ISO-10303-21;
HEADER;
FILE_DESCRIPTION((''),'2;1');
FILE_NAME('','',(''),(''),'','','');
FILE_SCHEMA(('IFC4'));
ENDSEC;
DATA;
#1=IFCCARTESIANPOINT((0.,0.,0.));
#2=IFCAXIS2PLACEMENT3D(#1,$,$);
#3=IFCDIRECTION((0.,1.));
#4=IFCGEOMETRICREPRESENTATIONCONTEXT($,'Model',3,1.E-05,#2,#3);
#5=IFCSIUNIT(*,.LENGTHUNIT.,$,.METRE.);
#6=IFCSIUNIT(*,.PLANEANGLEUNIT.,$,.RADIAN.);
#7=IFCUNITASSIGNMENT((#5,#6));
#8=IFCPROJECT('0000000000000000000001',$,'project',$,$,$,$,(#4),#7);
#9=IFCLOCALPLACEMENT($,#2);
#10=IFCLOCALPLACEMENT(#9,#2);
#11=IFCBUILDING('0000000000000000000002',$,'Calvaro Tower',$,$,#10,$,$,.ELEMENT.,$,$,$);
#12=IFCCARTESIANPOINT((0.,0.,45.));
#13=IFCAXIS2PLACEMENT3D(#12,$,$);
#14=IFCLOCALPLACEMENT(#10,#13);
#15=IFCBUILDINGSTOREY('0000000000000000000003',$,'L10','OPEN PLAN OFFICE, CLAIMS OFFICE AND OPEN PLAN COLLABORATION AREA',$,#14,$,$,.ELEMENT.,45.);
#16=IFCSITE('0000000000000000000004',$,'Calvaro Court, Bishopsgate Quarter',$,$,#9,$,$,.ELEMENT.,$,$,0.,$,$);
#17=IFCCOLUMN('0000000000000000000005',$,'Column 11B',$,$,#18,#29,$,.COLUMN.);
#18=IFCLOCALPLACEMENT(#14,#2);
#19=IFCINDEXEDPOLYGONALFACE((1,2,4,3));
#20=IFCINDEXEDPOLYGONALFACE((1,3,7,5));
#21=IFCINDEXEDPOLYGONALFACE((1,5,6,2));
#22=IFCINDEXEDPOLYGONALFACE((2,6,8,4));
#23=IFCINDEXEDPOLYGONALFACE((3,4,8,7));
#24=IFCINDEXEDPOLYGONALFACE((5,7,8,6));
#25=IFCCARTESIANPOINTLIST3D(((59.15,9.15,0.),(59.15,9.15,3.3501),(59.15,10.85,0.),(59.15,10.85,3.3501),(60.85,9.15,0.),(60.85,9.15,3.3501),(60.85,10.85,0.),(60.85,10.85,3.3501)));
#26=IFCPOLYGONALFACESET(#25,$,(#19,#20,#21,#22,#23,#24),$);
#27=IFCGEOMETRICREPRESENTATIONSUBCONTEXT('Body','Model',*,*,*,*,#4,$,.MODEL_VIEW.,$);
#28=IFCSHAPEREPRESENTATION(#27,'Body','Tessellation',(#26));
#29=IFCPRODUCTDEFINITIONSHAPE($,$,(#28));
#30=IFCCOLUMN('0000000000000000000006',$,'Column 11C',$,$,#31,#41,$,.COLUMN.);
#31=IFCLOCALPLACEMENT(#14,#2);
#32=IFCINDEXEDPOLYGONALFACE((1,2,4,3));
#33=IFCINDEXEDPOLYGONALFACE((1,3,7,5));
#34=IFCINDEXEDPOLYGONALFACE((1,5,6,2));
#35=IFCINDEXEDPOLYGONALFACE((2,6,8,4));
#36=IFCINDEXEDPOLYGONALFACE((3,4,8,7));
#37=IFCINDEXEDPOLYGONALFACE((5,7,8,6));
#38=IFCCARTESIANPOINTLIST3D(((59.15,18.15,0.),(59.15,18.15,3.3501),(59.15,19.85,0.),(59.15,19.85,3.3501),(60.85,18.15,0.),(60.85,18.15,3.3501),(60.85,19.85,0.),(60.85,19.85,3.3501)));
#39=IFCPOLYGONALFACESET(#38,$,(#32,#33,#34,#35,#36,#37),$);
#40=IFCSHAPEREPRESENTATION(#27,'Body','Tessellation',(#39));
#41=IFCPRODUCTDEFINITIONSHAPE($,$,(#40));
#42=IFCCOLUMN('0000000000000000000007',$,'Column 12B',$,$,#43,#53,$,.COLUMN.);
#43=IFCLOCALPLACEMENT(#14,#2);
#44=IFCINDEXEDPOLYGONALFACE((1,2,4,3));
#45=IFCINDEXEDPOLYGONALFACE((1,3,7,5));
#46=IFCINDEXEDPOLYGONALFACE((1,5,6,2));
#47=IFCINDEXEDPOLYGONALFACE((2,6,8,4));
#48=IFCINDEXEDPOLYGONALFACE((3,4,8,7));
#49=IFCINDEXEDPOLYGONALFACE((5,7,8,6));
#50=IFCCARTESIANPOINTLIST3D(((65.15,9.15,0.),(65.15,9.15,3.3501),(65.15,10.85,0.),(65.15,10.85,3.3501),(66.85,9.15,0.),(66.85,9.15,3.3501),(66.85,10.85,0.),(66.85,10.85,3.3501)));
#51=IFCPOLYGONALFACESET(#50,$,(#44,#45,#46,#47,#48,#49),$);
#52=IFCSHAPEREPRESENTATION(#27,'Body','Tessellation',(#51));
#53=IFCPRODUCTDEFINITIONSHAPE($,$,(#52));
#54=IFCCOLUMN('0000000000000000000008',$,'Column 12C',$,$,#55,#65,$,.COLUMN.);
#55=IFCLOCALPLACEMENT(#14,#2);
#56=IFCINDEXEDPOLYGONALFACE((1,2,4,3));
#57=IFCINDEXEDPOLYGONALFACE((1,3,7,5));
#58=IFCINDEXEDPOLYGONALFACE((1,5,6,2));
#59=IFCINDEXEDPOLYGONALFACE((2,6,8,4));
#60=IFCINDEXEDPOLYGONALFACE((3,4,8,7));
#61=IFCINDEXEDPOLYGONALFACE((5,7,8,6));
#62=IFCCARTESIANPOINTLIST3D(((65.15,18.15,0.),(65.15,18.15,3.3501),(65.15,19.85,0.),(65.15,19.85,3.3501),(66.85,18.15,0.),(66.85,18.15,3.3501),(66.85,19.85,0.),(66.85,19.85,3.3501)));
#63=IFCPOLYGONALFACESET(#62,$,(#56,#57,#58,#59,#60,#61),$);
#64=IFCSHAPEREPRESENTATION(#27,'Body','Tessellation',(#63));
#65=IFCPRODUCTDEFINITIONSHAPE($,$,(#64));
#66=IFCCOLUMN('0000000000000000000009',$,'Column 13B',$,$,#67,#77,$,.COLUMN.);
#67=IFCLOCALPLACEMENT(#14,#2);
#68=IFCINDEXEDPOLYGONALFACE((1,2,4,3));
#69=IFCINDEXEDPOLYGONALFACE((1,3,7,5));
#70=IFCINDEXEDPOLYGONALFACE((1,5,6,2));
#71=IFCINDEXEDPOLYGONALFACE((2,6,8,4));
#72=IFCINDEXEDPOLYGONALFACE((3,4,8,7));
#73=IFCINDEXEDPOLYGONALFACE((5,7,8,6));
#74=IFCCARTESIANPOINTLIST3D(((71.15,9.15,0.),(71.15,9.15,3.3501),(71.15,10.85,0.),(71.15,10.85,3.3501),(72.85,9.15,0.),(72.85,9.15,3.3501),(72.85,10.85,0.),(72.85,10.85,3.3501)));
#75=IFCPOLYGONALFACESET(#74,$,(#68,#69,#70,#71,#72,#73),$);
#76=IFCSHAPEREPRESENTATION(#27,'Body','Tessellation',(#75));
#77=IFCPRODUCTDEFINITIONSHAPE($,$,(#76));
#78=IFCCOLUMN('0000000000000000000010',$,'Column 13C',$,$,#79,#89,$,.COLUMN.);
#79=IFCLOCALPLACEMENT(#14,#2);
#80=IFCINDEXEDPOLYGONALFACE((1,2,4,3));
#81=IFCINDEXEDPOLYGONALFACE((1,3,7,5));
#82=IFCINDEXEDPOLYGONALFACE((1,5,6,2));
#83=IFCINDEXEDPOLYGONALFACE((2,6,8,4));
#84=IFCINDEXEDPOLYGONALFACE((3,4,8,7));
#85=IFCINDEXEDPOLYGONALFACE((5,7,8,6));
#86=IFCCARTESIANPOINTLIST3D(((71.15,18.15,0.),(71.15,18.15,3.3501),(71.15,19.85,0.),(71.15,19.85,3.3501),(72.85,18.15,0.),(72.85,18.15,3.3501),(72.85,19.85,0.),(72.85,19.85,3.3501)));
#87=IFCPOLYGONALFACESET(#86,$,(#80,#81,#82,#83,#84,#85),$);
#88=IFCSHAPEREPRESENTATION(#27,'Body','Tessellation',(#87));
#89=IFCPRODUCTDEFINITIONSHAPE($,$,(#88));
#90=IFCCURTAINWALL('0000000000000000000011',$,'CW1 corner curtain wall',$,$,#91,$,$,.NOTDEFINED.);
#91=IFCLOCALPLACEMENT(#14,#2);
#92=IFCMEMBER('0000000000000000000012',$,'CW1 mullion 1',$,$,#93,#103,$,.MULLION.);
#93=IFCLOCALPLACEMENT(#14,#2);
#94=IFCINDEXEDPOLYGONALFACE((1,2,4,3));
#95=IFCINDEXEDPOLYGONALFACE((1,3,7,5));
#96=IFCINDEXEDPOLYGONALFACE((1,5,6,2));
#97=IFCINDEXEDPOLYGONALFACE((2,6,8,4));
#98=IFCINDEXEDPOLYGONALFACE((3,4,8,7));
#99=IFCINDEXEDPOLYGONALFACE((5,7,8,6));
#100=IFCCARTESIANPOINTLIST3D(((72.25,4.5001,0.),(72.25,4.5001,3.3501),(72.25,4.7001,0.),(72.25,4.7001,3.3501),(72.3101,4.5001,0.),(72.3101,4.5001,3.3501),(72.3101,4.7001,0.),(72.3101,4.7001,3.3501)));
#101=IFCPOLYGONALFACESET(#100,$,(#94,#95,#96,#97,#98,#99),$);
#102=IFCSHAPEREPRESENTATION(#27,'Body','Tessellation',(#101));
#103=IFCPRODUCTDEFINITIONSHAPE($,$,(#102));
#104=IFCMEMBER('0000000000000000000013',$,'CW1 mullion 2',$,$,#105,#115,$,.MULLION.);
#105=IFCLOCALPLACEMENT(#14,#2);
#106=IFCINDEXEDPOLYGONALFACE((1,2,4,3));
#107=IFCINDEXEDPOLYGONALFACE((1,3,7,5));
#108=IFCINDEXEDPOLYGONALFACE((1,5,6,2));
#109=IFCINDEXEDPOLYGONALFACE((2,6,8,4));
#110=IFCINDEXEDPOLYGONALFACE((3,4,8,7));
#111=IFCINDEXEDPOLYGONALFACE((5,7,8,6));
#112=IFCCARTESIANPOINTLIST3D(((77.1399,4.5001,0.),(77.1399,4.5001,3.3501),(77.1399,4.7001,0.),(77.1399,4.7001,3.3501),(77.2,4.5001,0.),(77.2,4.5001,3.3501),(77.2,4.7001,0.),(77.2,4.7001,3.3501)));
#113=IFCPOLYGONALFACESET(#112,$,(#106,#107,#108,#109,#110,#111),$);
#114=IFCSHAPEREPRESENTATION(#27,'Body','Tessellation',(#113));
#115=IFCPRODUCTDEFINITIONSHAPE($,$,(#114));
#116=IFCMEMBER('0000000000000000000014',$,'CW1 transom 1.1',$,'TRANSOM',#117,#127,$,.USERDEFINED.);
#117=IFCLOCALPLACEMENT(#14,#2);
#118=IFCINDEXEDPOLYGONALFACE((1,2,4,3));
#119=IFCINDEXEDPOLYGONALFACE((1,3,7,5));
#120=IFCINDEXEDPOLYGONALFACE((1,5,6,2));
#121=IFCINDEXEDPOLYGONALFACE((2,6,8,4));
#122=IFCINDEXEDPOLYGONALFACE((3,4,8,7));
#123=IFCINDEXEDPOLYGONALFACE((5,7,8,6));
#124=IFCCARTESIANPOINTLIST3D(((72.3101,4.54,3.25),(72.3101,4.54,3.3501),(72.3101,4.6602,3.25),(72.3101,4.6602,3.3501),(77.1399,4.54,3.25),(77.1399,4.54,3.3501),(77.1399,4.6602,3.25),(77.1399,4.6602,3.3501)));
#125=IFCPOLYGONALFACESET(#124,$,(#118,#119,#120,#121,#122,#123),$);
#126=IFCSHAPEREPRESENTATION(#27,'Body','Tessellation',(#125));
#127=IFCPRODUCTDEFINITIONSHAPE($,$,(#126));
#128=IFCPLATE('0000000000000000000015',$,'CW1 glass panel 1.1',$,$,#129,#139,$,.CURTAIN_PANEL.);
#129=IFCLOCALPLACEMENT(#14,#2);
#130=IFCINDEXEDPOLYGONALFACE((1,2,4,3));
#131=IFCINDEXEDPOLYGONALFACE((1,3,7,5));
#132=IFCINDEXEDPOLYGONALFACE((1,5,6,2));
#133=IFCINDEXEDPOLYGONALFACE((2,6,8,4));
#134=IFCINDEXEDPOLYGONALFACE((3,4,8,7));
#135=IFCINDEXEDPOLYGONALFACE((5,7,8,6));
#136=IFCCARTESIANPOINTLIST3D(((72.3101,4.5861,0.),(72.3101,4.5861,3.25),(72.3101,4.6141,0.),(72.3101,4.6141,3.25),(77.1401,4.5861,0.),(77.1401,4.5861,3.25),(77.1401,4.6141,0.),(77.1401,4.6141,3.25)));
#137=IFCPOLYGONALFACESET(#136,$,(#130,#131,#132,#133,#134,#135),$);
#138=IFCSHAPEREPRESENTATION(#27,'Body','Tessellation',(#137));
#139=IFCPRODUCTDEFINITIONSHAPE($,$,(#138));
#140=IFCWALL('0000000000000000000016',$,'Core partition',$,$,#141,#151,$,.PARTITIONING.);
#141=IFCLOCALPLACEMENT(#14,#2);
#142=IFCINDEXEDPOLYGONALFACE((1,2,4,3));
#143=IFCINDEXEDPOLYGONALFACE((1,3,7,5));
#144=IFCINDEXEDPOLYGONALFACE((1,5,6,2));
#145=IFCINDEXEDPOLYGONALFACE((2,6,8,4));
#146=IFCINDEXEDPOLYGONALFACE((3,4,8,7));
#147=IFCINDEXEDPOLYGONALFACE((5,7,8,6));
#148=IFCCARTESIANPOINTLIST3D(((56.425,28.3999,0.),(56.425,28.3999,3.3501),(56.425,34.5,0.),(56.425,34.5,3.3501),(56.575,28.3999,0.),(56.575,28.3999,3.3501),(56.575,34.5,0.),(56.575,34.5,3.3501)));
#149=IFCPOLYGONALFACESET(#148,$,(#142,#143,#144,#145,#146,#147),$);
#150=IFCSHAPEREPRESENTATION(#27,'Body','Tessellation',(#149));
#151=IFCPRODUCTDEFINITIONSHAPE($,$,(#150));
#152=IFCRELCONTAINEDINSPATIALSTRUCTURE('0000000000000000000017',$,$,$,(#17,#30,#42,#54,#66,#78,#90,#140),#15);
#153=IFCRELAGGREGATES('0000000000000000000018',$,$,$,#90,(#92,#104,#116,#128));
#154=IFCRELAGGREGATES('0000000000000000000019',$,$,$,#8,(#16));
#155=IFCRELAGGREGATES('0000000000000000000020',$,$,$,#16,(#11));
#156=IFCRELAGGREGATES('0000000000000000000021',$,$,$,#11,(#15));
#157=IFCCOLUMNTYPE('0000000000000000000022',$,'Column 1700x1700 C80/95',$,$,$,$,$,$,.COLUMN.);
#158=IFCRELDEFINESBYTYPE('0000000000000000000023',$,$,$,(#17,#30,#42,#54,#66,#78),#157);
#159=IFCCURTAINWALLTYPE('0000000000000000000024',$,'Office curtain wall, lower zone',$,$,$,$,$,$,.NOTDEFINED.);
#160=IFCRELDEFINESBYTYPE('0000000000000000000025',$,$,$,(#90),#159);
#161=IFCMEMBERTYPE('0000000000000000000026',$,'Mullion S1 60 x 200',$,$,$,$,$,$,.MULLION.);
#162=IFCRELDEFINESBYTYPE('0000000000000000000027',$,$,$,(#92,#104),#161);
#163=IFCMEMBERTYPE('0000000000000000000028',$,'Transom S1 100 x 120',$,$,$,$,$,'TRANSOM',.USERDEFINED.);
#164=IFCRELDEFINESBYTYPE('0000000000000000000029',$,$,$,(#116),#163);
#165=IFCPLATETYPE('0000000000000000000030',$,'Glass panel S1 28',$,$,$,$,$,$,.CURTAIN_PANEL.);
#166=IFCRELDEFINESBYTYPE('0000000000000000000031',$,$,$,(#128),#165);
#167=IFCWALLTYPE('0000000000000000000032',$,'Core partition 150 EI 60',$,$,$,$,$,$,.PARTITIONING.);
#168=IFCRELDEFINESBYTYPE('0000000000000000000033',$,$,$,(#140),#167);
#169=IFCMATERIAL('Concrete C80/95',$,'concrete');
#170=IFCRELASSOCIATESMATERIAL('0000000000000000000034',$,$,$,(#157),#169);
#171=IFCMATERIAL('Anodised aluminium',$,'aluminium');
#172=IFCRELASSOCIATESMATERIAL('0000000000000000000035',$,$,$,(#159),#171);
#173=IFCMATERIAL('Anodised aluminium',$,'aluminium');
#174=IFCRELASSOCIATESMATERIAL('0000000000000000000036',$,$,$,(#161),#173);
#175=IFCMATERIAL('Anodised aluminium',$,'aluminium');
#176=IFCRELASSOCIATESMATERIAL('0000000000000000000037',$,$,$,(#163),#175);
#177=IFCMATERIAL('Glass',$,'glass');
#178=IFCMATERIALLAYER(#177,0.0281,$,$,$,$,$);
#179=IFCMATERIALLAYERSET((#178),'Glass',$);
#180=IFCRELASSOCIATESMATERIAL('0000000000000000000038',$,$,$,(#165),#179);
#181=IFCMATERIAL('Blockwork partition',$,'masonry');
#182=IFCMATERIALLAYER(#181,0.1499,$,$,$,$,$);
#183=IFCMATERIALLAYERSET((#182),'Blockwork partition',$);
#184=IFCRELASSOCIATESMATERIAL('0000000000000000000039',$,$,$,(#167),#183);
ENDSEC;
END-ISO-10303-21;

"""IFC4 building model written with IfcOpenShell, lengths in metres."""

from ifc_helpers import new_model, si_unit, direction, frame, frame_2d, origin, origin_2d, place, context, subcontext, project, spatial, rectangle, extrude, material, layer, layer_set, material_profile, profile_set, type_object, element, aggregate, save


model = new_model("IFC4")

# Units and contexts
model_context = context("Model", 3, precision=1e-05, world=origin(), true_north=direction((0.0, 1.0)))
body_context = subcontext(model_context, "Body", "Model", "MODEL_VIEW")
ifc_project = project(units=[si_unit("LENGTHUNIT", "METRE"), si_unit("PLANEANGLEUNIT", "RADIAN")], contexts=[model_context])

# Site, building, storey
site_placement = place(None, origin())
site = spatial("IfcSite", under=ifc_project, at=site_placement, Name="Calvaro Court, Bishopsgate Quarter", CompositionType="ELEMENT", RefElevation=0.0)
building_placement = place(site_placement, origin())
building = spatial("IfcBuilding", under=site, at=building_placement, Name="Calvaro Tower", CompositionType="ELEMENT")
storey_placement = place(building_placement, frame((0.0, 0.0, 45.0)))
storey = spatial("IfcBuildingStorey", under=building, at=storey_placement, Name="L10", Description="OPEN PLAN OFFICE, CLAIMS OFFICE AND OPEN PLAN COLLABORATION AREA", CompositionType="ELEMENT", Elevation=45.0)

# Columns
ifc_material_1 = material(Name="Concrete C80/95", Category="concrete")
ifc_material_profile_1 = material_profile(ifc_material_1, rectangle(XDim=1.7, YDim=1.7, at=origin_2d()), Name="RC 1700x1700")
ifc_profile_set_1 = profile_set([ifc_material_profile_1], Name="Concrete C80/95")
column_type = type_object("IfcColumnType", Name="Column 1700x1700 C80/95", PredefinedType="COLUMN", material=ifc_profile_set_1)
for number, where, z_axis, x_axis, name in (
    (1, (60.0, 10.0, 0.0), (0.0, 0.0, 1.0), (1.0, 0.0, 0.0), "Column 11B"),
    (2, (60.0, 19.0, 0.0), (0.0, 0.0, 1.0), (1.0, 0.0, 0.0), "Column 11C"),
    (3, (66.0, 10.0, 0.0), (0.0, 0.0, 1.0), (1.0, 0.0, 0.0), "Column 12B"),
    (4, (66.0, 19.0, 0.0), (0.0, 0.0, 1.0), (1.0, 0.0, 0.0), "Column 12C"),
    (5, (72.0, 10.0, 0.0), (0.0, 0.0, 1.0), (1.0, 0.0, 0.0), "Column 13B"),
    (6, (72.0, 19.0, 0.0), (0.0, 0.0, 1.0), (1.0, 0.0, 0.0), "Column 13C"),
):
    element("IfcColumn", number, at=place(storey_placement, frame(where, z_axis=z_axis, x_axis=x_axis)), inside=storey, type_object=column_type, Name=name, PredefinedType="COLUMN", context=body_context, shape_type="SweptSolid", body=[
        extrude(rectangle(XDim=1.7, YDim=1.7, at=origin_2d()), origin(), (0.0, 0.0, 1.0), 3.3501),
    ])

# Curtain wall, members, plate
ifc_material_2 = material(Name="Anodised aluminium", Category="aluminium")
curtain_wall_type = type_object("IfcCurtainWallType", Name="Office curtain wall, lower zone", PredefinedType="NOTDEFINED", material=ifc_material_2)
curtain_wall_placement = place(storey_placement, origin())
curtain_wall = element("IfcCurtainWall", 7, at=curtain_wall_placement, inside=storey, type_object=curtain_wall_type, Name="CW1 corner curtain wall", PredefinedType="NOTDEFINED")
ifc_material_3 = material(Name="Anodised aluminium", Category="aluminium")
ifc_material_profile_2 = material_profile(ifc_material_3, rectangle(XDim=0.2, YDim=0.0601, at=origin_2d()), Name="Mullion S1 60 x 200")
ifc_profile_set_2 = profile_set([ifc_material_profile_2], Name="Anodised aluminium")
member_type_1 = type_object("IfcMemberType", Name="Mullion S1 60 x 200", PredefinedType="MULLION", material=ifc_profile_set_2)
member_1_placement = place(storey_placement, frame((72.28, 4.6001, 0.0), z_axis=(0.0, 0.0, 1.0), x_axis=(0.0, 1.0, 0.0)))
member_1 = element("IfcMember", 8, at=member_1_placement, type_object=member_type_1, Name="CW1 mullion 1", PredefinedType="MULLION", context=body_context, shape_type="SweptSolid", body=[
    extrude(rectangle(XDim=0.2, YDim=0.0601, at=origin_2d()), origin(), (0.0, 0.0, 1.0), 3.3501),
])
member_2_placement = place(storey_placement, frame((77.1699, 4.6001, 0.0), z_axis=(0.0, 0.0, 1.0), x_axis=(0.0, 1.0, 0.0)))
member_2 = element("IfcMember", 9, at=member_2_placement, type_object=member_type_1, Name="CW1 mullion 2", PredefinedType="MULLION", context=body_context, shape_type="SweptSolid", body=[
    extrude(rectangle(XDim=0.2, YDim=0.0601, at=origin_2d()), origin(), (0.0, 0.0, 1.0), 3.3501),
])
ifc_material_4 = material(Name="Anodised aluminium", Category="aluminium")
ifc_material_profile_3 = material_profile(ifc_material_4, rectangle(XDim=0.1201, YDim=0.1001, at=origin_2d()), Name="Transom S1 100 x 120")
ifc_profile_set_3 = profile_set([ifc_material_profile_3], Name="Anodised aluminium")
member_type_2 = type_object("IfcMemberType", Name="Transom S1 100 x 120", ElementType="TRANSOM", PredefinedType="USERDEFINED", material=ifc_profile_set_3)
member_3_placement = place(storey_placement, frame((72.3101, 4.6001, 3.3), z_axis=(1.0, 0.0, 0.0), x_axis=(0.0, 1.0, 0.0)))
member_3 = element("IfcMember", 10, at=member_3_placement, type_object=member_type_2, Name="CW1 transom 1.1", ObjectType="TRANSOM", PredefinedType="USERDEFINED", context=body_context, shape_type="SweptSolid", body=[
    extrude(rectangle(XDim=0.1201, YDim=0.1001, at=origin_2d()), origin(), (0.0, 0.0, 1.0), 4.8298),
])
ifc_material_5 = material(Name="Glass", Category="glass")
ifc_layer_1 = layer(ifc_material_5, 0.0281)
ifc_layer_set_1 = layer_set([ifc_layer_1], Name="Glass")
plate_type = type_object("IfcPlateType", Name="Glass panel S1 28", PredefinedType="CURTAIN_PANEL", material=ifc_layer_set_1)
plate_placement = place(storey_placement, frame((74.7251, 4.6001, 0.0), z_axis=(0.0, 0.0, 1.0), x_axis=(1.0, 0.0, 0.0)))
plate = element("IfcPlate", 11, at=plate_placement, type_object=plate_type, Name="CW1 glass panel 1.1", PredefinedType="CURTAIN_PANEL", context=body_context, shape_type="SweptSolid", body=[
    extrude(rectangle(XDim=4.8301, YDim=0.0281, at=origin_2d()), origin(), (0.0, 0.0, 1.0), 3.25),
])
aggregate(curtain_wall, [member_1, member_2, member_3, plate])

# Wall
ifc_material_6 = material(Name="Blockwork partition", Category="masonry")
ifc_layer_2 = layer(ifc_material_6, 0.1499)
ifc_layer_set_2 = layer_set([ifc_layer_2], Name="Blockwork partition")
wall_type_1 = type_object("IfcWallType", Name="Core partition 150 EI 60", PredefinedType="PARTITIONING", material=ifc_layer_set_2)
wall_1_placement = place(storey_placement, frame((56.5, 28.3999, 0.0), z_axis=(0.0, 0.0, 1.0), x_axis=(0.0, 1.0, 0.0)))
element("IfcWall", 12, at=wall_1_placement, inside=storey, type_object=wall_type_1, Name="Core partition", PredefinedType="PARTITIONING", context=body_context, shape_type="SweptSolid", body=[
    extrude(rectangle(XDim=6.1001, YDim=0.1499, at=frame_2d((3.05, 0.0))), origin(), (0.0, 0.0, 1.0), 3.3501),
])

save(model, "model.ifc")
